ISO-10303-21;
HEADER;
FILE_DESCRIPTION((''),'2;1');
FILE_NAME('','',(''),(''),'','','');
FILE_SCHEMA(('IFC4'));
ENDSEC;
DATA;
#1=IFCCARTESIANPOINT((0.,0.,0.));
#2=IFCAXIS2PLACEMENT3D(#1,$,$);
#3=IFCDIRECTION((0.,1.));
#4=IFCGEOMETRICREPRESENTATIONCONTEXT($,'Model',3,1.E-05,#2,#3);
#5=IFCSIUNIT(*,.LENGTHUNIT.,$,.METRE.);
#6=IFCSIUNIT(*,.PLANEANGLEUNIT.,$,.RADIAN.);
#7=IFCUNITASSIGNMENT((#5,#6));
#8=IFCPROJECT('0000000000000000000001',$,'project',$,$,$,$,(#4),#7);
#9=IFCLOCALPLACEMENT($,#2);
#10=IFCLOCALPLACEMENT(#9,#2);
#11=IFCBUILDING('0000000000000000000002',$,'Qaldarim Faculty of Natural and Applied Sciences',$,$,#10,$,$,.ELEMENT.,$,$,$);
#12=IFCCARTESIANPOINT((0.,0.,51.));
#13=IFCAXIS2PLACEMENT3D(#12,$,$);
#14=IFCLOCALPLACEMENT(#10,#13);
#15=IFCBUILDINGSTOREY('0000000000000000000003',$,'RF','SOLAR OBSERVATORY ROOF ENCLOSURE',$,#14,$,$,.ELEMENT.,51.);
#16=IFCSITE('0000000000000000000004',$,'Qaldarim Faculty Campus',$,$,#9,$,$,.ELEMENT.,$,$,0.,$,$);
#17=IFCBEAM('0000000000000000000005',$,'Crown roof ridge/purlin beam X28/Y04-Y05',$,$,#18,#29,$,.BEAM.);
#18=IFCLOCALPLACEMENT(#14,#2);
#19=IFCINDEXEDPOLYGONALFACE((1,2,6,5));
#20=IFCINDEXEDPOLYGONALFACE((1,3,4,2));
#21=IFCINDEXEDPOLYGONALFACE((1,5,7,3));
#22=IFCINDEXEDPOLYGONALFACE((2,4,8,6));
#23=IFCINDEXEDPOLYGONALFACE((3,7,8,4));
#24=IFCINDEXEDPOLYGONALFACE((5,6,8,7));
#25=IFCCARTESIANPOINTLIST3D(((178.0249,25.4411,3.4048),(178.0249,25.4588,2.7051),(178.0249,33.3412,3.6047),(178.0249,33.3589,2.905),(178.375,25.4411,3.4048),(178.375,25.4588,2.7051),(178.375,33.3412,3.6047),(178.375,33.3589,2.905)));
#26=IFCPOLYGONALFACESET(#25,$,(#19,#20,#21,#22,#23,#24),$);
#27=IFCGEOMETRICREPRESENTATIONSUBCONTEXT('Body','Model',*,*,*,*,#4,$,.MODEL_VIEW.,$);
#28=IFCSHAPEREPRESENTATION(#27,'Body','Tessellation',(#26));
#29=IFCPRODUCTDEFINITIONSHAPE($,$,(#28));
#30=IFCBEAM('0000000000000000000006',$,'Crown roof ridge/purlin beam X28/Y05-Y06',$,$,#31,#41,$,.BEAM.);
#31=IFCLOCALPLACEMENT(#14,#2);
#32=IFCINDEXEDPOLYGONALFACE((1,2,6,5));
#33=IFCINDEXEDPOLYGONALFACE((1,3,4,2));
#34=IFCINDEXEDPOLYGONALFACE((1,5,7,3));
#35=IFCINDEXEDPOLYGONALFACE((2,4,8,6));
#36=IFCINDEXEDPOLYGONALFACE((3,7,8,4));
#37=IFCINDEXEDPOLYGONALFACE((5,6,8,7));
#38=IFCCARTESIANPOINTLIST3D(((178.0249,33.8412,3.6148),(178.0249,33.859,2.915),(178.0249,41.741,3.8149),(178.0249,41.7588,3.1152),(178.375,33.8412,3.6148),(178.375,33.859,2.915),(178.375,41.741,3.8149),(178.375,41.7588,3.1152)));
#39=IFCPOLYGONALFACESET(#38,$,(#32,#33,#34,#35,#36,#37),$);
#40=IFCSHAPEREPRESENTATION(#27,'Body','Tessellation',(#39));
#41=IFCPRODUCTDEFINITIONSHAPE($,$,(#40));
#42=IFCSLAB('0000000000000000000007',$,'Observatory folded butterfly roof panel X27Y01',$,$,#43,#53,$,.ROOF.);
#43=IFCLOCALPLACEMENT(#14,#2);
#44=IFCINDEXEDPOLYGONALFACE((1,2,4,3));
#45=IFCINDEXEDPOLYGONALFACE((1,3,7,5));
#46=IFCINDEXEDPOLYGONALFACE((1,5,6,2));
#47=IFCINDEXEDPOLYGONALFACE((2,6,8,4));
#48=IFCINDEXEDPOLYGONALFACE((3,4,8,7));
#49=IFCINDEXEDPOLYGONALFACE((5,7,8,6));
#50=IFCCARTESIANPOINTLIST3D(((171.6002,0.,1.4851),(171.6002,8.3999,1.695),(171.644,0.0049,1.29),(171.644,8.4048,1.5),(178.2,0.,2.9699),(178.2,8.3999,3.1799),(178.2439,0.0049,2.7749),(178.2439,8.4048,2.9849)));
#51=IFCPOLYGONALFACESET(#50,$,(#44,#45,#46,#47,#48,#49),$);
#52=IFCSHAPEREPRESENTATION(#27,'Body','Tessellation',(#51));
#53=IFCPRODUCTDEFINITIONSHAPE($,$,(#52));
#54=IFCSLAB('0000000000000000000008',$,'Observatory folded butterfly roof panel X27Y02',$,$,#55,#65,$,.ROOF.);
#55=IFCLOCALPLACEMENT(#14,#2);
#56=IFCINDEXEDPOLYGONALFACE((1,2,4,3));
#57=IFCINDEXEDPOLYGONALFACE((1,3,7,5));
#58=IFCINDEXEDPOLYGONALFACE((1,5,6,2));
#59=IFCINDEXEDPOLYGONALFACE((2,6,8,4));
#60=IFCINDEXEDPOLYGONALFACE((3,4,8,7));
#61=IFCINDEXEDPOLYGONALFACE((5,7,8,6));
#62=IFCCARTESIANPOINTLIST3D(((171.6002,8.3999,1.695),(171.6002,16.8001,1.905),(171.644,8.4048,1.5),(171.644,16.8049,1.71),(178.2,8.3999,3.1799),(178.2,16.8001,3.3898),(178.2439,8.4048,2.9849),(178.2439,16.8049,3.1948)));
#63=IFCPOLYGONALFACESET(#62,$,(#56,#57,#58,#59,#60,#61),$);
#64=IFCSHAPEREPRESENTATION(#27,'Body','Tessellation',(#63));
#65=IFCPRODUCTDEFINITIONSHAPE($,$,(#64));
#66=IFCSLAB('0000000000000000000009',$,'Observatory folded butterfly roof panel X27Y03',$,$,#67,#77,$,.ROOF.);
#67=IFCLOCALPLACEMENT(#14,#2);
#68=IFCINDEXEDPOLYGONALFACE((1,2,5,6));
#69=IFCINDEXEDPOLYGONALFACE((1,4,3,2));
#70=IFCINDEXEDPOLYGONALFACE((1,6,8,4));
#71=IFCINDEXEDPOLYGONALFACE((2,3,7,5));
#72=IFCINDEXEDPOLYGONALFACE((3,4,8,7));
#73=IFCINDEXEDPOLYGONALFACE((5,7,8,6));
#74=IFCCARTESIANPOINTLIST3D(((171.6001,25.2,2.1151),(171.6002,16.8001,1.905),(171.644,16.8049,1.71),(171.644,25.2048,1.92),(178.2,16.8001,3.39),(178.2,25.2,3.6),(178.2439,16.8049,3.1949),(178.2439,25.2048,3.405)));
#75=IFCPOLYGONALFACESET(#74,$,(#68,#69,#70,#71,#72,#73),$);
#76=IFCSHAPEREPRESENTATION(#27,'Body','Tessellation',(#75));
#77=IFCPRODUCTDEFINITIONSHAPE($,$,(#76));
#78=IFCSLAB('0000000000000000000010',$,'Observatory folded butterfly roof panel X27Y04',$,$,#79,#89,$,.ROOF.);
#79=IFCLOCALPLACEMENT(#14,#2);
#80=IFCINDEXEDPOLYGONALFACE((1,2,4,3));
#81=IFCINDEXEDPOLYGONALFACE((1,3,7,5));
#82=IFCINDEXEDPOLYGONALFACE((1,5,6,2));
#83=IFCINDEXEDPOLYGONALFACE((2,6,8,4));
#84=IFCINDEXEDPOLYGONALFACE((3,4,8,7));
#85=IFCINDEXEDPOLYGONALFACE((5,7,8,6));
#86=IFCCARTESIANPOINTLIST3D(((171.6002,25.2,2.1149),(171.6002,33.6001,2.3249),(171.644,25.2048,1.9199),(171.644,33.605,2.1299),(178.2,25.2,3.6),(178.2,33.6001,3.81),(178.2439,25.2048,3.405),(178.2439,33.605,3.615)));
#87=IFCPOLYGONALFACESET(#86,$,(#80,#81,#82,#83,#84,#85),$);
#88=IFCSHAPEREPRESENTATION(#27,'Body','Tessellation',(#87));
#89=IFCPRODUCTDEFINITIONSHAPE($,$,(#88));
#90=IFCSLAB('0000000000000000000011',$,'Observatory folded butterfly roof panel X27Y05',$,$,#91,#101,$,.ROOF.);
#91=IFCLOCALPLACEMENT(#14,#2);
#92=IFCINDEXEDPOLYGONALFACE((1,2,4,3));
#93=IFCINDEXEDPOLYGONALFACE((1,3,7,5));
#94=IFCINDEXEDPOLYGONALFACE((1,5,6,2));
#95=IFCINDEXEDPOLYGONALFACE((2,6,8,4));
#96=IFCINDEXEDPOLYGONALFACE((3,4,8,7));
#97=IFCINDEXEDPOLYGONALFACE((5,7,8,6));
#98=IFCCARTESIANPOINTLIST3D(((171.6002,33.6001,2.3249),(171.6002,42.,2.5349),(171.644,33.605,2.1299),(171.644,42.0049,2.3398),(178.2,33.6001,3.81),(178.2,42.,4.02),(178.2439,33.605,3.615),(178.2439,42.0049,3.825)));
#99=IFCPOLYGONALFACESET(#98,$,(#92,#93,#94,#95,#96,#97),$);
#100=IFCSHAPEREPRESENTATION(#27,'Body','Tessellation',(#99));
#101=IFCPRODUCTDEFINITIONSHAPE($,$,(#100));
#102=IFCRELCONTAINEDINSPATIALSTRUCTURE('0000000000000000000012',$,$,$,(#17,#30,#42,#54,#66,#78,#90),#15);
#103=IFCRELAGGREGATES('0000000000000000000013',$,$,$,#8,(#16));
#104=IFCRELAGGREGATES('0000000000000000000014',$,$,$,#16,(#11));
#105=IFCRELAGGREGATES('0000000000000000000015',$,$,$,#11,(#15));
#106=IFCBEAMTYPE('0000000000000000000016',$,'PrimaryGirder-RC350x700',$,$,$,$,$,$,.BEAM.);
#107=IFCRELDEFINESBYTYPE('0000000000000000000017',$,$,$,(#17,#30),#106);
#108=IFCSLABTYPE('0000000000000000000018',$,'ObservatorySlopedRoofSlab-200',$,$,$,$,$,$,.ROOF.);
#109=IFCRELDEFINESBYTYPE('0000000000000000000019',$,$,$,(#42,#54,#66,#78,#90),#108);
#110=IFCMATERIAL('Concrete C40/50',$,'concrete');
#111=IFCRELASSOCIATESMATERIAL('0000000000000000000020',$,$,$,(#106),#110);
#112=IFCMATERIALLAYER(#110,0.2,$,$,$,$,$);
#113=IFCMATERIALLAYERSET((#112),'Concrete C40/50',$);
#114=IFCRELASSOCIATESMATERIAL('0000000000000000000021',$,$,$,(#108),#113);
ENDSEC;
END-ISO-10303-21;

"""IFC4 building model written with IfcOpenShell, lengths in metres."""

from ifc_helpers import new_model, si_unit, direction, frame, origin, origin_2d, place, context, subcontext, project, spatial, polyline, rectangle, outline, extrude, material, layer, layer_set, material_profile, profile_set, type_object, element, save


model = new_model("IFC4")

# Units and contexts
model_context = context("Model", 3, precision=1e-05, world=origin(), true_north=direction((0.0, 1.0)))
body_context = subcontext(model_context, "Body", "Model", "MODEL_VIEW")
ifc_project = project(units=[si_unit("LENGTHUNIT", "METRE"), si_unit("PLANEANGLEUNIT", "RADIAN")], contexts=[model_context])

# Site, building, storey
site_placement = place(None, origin())
site = spatial("IfcSite", under=ifc_project, at=site_placement, Name="Qaldarim Faculty Campus", CompositionType="ELEMENT", RefElevation=0.0)
building_placement = place(site_placement, origin())
building = spatial("IfcBuilding", under=site, at=building_placement, Name="Qaldarim Faculty of Natural and Applied Sciences", CompositionType="ELEMENT")
storey_placement = place(building_placement, frame((0.0, 0.0, 51.0)))
storey = spatial("IfcBuildingStorey", under=building, at=storey_placement, Name="RF", Description="SOLAR OBSERVATORY ROOF ENCLOSURE", CompositionType="ELEMENT", Elevation=51.0)

# Beams
ifc_material_1 = material(Name="Concrete C40/50", Category="concrete")
ifc_material_profile_1 = material_profile(ifc_material_1, rectangle(XDim=0.3501, YDim=0.7, at=origin_2d()), Name="RC-B350x700")
ifc_profile_set_1 = profile_set([ifc_material_profile_1], Name="Concrete C40/50")
beam_type = type_object("IfcBeamType", Name="PrimaryGirder-RC350x700", PredefinedType="BEAM", material=ifc_profile_set_1)
beam_1_placement = place(storey_placement, frame((178.2, 25.45, 3.0549), z_axis=(0.0, 0.99968, 0.025302), x_axis=(-1.0, 0.0, 0.0)))
element("IfcBeam", 1, at=beam_1_placement, inside=storey, type_object=beam_type, Name="Crown roof ridge/purlin beam X28/Y04-Y05", PredefinedType="BEAM", context=body_context, shape_type="SweptSolid", body=[
    extrude(rectangle(XDim=0.3501, YDim=0.7, at=origin_2d()), origin(), (0.0, 0.0, 1.0), 7.9026),
])
beam_2_placement = place(storey_placement, frame((178.2, 33.8501, 3.2649), z_axis=(0.0, 0.999679, 0.025333), x_axis=(-1.0, 0.0, 0.0)))
element("IfcBeam", 2, at=beam_2_placement, inside=storey, type_object=beam_type, Name="Crown roof ridge/purlin beam X28/Y05-Y06", PredefinedType="BEAM", context=body_context, shape_type="SweptSolid", body=[
    extrude(rectangle(XDim=0.3501, YDim=0.7, at=origin_2d()), origin(), (0.0, 0.0, 1.0), 7.9023),
])

# Slabs
ifc_layer = layer(ifc_material_1, 0.2)
ifc_layer_set = layer_set([ifc_layer], Name="Concrete C40/50")
slab_type = type_object("IfcSlabType", Name="ObservatorySlopedRoofSlab-200", PredefinedType="ROOF", material=ifc_layer_set)
slab_1_placement = place(storey_placement, frame((171.644, 0.0049, 1.29), z_axis=(-0.219432, -0.024379, 0.975323), x_axis=(0.975613, 0.0, 0.219498)))
element("IfcSlab", 3, at=slab_1_placement, inside=storey, type_object=slab_type, Name="Observatory folded butterfly roof panel X27Y01", PredefinedType="ROOF", context=body_context, shape_type="SweptSolid", body=[
    extrude(outline(polyline([(0.0, 0.0), (6.7648, 0.0), (6.8109, 8.4024), (0.0461, 8.4024), (0.0, 0.0)])), origin(), (0.0, 0.0, 1.0), 0.2),
])
slab_2_placement = place(storey_placement, frame((171.644, 8.4048, 1.5), z_axis=(-0.219432, -0.024378, 0.975323), x_axis=(0.975613, 0.0, 0.219498)))
element("IfcSlab", 4, at=slab_2_placement, inside=storey, type_object=slab_type, Name="Observatory folded butterfly roof panel X27Y02", PredefinedType="ROOF", context=body_context, shape_type="SweptSolid", body=[
    extrude(outline(polyline([(0.0, 0.0), (6.7648, 0.0), (6.8109, 8.4026), (0.0461, 8.4026), (0.0, 0.0)])), origin(), (0.0, 0.0, 1.0), 0.2),
])
slab_3_placement = place(storey_placement, frame((171.644, 16.8049, 1.71), z_axis=(-0.219449, -0.024393, 0.975319), x_axis=(0.975609, 0.0, 0.219515)))
element("IfcSlab", 5, at=slab_3_placement, inside=storey, type_object=slab_type, Name="Observatory folded butterfly roof panel X27Y03", PredefinedType="ROOF", context=body_context, shape_type="SweptSolid", body=[
    extrude(outline(polyline([(0.0, 0.0), (6.7648, 0.0), (6.811, 8.4024), (0.0461, 8.4024), (0.0, 0.0)])), origin(), (0.0, 0.0, 1.0), 0.2),
])
slab_4_placement = place(storey_placement, frame((171.644, 25.2048, 1.9199), z_axis=(-0.219467, -0.024378, 0.975315), x_axis=(0.975605, 0.0, 0.219532)))
element("IfcSlab", 6, at=slab_4_placement, inside=storey, type_object=slab_type, Name="Observatory folded butterfly roof panel X27Y04", PredefinedType="ROOF", context=body_context, shape_type="SweptSolid", body=[
    extrude(outline(polyline([(0.0, 0.0), (6.7649, 0.0), (6.811, 8.4026), (0.0461, 8.4026), (0.0, 0.0)])), origin(), (0.0, 0.0, 1.0), 0.2),
])
slab_5_placement = place(storey_placement, frame((171.644, 33.605, 2.1299), z_axis=(-0.219467, -0.024379, 0.975315), x_axis=(0.975605, 0.0, 0.219532)))
element("IfcSlab", 7, at=slab_5_placement, inside=storey, type_object=slab_type, Name="Observatory folded butterfly roof panel X27Y05", PredefinedType="ROOF", context=body_context, shape_type="SweptSolid", body=[
    extrude(outline(polyline([(0.0, 0.0), (6.7649, 0.0), (6.811, 8.4024), (0.0461, 8.4024), (0.0, 0.0)])), origin(), (0.0, 0.0, 1.0), 0.2),
])

save(model, "model.ifc")
